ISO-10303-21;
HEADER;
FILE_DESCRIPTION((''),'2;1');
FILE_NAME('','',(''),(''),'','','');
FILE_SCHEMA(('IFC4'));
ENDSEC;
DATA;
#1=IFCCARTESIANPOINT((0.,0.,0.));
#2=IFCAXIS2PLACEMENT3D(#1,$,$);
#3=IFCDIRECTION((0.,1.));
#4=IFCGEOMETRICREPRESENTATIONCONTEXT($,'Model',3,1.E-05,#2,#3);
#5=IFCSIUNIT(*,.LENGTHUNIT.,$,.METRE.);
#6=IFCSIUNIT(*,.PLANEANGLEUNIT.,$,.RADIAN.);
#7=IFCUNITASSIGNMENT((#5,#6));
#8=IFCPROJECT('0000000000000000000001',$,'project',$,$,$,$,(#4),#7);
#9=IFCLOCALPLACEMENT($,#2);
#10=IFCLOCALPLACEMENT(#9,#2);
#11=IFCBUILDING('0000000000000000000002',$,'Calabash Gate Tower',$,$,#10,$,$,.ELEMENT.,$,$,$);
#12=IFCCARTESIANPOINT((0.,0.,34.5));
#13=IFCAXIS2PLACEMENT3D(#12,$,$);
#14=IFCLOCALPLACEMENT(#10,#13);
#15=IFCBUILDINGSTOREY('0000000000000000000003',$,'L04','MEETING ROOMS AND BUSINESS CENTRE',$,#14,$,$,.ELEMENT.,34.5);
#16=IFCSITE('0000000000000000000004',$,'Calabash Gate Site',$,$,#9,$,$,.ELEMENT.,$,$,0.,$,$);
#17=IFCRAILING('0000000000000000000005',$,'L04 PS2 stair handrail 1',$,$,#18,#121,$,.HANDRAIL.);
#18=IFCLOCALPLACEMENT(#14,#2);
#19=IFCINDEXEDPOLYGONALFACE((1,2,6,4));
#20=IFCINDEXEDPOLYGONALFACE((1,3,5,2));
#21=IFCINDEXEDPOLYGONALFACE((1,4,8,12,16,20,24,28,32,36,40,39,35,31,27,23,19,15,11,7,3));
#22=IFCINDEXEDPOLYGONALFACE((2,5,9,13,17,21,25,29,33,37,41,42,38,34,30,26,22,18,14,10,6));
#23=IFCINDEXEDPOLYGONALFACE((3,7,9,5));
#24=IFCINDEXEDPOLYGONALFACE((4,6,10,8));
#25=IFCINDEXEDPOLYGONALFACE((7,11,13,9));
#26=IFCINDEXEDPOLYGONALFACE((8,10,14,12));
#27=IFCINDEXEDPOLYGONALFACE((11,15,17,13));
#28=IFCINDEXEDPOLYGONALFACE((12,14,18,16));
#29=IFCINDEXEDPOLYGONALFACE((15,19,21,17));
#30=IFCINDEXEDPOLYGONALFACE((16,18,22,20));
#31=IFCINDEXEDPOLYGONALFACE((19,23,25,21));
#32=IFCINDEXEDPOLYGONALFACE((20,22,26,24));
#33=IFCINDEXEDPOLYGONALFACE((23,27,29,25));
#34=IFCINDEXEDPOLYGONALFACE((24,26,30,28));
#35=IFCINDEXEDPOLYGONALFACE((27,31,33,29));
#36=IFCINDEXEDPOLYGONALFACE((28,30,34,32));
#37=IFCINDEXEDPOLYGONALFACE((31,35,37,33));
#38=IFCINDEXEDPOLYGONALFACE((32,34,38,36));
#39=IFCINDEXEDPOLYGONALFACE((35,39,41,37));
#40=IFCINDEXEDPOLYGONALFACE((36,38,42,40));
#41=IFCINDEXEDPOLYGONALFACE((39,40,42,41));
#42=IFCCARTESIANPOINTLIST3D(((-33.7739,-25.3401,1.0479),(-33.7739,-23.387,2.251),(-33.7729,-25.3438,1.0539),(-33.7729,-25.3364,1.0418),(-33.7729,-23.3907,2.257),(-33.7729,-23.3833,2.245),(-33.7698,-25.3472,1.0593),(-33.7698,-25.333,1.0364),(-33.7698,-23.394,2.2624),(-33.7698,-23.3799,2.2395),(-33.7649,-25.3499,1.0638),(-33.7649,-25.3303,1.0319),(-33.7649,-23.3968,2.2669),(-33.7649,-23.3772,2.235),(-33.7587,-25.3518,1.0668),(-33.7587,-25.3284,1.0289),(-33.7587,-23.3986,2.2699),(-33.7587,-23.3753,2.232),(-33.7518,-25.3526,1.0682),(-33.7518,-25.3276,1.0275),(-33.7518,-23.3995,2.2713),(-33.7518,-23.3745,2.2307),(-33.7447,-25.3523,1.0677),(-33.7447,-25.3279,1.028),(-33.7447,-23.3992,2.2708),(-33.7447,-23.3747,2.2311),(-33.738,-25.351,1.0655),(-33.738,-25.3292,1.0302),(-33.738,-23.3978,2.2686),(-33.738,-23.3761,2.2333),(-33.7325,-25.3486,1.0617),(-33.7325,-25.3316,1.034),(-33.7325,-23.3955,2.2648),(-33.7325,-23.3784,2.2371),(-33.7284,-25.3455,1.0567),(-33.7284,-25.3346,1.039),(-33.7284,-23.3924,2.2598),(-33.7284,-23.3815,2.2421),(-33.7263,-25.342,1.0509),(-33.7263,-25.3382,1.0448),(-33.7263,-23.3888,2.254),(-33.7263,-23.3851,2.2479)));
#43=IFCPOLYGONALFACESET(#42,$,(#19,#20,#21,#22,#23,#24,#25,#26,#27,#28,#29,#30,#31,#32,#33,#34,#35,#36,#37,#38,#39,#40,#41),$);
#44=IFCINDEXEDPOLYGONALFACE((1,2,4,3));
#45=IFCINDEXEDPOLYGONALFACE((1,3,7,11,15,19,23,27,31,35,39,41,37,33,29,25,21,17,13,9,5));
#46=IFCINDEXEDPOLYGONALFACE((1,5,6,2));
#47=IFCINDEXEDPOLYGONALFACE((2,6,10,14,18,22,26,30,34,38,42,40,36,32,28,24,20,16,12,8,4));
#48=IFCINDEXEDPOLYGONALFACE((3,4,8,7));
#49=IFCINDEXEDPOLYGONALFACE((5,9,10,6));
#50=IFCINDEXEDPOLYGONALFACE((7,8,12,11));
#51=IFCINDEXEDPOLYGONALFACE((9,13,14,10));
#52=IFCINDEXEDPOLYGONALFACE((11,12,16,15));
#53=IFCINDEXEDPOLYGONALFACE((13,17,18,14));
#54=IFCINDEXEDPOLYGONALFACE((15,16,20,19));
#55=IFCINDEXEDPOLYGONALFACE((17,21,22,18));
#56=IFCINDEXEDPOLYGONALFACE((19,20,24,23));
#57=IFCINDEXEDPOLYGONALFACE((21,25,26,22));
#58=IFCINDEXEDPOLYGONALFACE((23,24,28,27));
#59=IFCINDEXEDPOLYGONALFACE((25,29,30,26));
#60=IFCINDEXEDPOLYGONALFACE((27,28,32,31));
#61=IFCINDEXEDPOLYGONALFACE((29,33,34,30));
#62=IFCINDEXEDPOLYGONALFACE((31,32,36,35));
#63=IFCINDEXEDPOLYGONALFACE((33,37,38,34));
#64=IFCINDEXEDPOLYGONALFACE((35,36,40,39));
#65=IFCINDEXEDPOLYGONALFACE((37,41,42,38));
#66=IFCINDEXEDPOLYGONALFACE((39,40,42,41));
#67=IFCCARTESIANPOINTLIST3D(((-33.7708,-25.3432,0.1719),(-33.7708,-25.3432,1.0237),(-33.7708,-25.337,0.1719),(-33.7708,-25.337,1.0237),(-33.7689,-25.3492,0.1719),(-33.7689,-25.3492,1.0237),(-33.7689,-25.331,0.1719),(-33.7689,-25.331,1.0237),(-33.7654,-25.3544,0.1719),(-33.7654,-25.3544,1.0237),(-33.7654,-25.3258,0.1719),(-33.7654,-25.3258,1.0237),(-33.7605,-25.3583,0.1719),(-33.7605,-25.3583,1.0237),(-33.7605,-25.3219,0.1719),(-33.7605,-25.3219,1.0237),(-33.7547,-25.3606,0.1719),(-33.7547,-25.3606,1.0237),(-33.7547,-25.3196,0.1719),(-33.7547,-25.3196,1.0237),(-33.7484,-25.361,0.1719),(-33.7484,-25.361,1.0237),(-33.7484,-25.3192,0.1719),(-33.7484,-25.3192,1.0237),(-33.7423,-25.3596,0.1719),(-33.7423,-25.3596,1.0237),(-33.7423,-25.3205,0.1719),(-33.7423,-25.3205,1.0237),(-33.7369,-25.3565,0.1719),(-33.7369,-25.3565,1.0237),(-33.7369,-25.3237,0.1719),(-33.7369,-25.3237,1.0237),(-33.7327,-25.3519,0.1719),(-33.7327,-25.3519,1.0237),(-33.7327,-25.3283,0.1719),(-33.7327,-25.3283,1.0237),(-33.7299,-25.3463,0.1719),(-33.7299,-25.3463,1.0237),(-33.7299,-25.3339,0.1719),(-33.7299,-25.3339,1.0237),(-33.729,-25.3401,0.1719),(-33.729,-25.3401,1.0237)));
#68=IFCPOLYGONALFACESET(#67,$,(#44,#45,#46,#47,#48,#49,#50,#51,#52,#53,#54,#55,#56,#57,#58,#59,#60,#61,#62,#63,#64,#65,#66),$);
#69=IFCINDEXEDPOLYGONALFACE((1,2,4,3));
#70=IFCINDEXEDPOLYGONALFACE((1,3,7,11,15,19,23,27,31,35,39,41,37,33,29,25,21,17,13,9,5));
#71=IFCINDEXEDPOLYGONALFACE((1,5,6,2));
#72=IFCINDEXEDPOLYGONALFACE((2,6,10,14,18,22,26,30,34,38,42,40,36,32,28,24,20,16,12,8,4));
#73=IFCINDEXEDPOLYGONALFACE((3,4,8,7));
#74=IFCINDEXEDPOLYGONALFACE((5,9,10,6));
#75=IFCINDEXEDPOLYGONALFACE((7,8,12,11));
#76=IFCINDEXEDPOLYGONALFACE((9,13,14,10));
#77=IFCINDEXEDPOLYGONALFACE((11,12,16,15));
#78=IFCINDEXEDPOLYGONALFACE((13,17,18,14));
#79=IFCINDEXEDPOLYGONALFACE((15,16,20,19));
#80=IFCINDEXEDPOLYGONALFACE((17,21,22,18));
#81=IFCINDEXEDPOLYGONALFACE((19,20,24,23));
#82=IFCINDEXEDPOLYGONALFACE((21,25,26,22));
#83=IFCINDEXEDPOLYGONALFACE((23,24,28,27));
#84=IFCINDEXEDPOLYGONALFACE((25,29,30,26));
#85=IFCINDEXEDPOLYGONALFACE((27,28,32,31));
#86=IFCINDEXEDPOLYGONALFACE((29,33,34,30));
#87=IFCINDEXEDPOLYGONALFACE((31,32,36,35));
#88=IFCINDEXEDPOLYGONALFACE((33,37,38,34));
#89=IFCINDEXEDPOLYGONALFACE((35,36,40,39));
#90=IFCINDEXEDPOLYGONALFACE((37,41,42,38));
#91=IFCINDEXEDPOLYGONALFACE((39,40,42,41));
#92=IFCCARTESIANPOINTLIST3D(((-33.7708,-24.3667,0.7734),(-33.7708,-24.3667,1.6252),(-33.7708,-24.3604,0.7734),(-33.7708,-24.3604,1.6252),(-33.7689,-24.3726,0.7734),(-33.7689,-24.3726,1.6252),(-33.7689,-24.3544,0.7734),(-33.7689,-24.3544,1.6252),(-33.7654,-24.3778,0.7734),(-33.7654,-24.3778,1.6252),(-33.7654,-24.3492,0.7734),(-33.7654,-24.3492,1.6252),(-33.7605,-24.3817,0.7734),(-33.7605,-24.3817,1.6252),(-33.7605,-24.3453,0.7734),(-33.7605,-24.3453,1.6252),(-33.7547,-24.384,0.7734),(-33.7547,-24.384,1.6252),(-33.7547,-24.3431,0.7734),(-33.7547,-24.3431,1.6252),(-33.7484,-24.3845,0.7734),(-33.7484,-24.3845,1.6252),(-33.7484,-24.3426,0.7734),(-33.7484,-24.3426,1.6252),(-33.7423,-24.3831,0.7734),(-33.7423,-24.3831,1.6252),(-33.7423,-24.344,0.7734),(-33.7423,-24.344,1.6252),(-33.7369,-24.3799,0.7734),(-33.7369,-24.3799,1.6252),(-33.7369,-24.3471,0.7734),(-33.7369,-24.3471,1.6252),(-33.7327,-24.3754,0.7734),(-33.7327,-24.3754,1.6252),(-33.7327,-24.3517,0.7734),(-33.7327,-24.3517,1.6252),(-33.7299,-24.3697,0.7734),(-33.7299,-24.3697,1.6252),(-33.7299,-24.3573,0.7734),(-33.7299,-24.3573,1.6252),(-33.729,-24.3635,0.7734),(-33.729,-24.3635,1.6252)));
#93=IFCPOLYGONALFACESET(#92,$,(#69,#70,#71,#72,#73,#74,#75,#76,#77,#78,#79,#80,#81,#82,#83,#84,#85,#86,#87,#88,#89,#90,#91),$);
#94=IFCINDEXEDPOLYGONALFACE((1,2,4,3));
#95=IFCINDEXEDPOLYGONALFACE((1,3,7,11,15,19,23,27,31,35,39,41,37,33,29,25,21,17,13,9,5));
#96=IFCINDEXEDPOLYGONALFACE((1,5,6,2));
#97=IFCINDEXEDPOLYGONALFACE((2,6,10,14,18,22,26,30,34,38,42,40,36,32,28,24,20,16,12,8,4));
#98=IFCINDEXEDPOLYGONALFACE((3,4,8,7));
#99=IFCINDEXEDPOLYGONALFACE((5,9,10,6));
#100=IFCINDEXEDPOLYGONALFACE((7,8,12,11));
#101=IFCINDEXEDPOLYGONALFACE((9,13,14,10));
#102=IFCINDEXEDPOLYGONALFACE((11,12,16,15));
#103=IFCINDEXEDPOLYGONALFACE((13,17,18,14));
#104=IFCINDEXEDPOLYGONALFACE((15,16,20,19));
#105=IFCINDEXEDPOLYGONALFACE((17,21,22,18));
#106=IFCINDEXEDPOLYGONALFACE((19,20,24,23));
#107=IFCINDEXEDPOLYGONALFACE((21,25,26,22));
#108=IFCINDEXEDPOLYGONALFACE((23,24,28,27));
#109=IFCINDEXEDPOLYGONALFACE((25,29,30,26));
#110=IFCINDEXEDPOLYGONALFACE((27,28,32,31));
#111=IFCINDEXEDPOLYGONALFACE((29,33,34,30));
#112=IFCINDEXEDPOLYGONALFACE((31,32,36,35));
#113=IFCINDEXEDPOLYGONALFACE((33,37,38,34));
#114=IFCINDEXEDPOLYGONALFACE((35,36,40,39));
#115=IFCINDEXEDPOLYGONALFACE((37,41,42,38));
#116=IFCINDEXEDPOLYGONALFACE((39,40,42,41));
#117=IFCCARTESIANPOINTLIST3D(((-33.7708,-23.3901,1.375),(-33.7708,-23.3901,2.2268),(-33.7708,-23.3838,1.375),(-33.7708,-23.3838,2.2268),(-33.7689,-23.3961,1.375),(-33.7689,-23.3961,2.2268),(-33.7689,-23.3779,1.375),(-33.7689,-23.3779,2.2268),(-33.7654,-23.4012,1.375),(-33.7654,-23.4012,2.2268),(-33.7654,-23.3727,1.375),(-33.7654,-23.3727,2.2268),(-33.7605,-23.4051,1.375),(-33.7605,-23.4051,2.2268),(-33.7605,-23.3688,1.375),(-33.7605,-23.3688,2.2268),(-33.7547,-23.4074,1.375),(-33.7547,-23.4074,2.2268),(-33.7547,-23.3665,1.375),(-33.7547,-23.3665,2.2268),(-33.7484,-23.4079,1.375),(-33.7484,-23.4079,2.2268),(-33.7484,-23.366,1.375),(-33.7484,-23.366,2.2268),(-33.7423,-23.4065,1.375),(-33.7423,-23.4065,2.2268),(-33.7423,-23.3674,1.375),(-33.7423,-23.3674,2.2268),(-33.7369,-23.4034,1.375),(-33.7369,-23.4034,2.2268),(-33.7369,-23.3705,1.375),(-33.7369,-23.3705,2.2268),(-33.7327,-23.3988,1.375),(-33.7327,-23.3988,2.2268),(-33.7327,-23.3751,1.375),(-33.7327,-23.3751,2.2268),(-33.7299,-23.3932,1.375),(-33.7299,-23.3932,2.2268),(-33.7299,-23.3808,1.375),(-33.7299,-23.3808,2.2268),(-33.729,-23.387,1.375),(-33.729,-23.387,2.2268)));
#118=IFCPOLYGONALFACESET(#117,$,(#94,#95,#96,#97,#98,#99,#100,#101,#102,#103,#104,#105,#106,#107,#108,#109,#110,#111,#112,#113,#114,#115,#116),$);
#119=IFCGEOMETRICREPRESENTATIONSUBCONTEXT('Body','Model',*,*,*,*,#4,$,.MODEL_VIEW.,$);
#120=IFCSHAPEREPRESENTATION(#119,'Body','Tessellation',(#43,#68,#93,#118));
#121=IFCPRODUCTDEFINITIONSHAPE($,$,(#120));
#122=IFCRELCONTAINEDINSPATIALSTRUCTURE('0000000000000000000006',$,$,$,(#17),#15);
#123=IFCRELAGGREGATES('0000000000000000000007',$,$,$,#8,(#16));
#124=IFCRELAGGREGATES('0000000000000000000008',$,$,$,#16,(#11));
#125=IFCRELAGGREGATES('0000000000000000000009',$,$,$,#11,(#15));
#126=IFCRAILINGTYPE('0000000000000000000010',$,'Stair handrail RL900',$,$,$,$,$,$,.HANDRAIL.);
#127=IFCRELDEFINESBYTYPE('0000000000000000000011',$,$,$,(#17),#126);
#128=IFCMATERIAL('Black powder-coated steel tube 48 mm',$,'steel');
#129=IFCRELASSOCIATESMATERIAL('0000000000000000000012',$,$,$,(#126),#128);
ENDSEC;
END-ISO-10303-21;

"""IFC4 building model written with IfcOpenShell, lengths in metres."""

from ifc_helpers import new_model, si_unit, direction, frame, origin, origin_2d, place, context, subcontext, project, spatial, circle, extrude, material, type_object, element, save


model = new_model("IFC4")

# Units and contexts
model_context = context("Model", 3, precision=1e-05, world=origin(), true_north=direction((0.0, 1.0)))
body_context = subcontext(model_context, "Body", "Model", "MODEL_VIEW")
ifc_project = project(units=[si_unit("LENGTHUNIT", "METRE"), si_unit("PLANEANGLEUNIT", "RADIAN")], contexts=[model_context])

# Site, building, storey
site_placement = place(None, origin())
site = spatial("IfcSite", under=ifc_project, at=site_placement, Name="Calabash Gate Site", CompositionType="ELEMENT", RefElevation=0.0)
building_placement = place(site_placement, origin())
building = spatial("IfcBuilding", under=site, at=building_placement, Name="Calabash Gate Tower", CompositionType="ELEMENT")
storey_placement = place(building_placement, frame((0.0, 0.0, 34.5)))
storey = spatial("IfcBuildingStorey", under=building, at=storey_placement, Name="L04", Description="MEETING ROOMS AND BUSINESS CENTRE", CompositionType="ELEMENT", Elevation=34.5)

# Railing
ifc_material_1 = material(Name="Black powder-coated steel tube 48 mm", Category="steel")
railing_type_1 = type_object("IfcRailingType", Name="Stair handrail RL900", PredefinedType="HANDRAIL", material=ifc_material_1)
railing_1_placement = place(storey_placement, frame((-33.75, -25.3401, 0.1719)))
element("IfcRailing", 1, at=railing_1_placement, inside=storey, type_object=railing_type_1, Name="L04 PS2 stair handrail 1", PredefinedType="HANDRAIL", context=body_context, shape_type="SweptSolid", body=[
    extrude(circle(Radius=0.0239, at=origin_2d()), frame((0.0, 0.0, 0.876), z_axis=(0.0, 0.851424, 0.524477), x_axis=(-1.0, 0.0, 0.0)), (0.0, 0.0, 1.0), 2.2939),
    extrude(circle(Radius=0.021, at=origin_2d()), origin(), (0.0, 0.0, 1.0), 0.8518),
    extrude(circle(Radius=0.021, at=origin_2d()), frame((0.0, 0.9766, 0.6016)), (0.0, 0.0, 1.0), 0.8518),
    extrude(circle(Radius=0.021, at=origin_2d()), frame((0.0, 1.9531, 1.2031)), (0.0, 0.0, 1.0), 0.8518),
])

save(model, "model.ifc")
